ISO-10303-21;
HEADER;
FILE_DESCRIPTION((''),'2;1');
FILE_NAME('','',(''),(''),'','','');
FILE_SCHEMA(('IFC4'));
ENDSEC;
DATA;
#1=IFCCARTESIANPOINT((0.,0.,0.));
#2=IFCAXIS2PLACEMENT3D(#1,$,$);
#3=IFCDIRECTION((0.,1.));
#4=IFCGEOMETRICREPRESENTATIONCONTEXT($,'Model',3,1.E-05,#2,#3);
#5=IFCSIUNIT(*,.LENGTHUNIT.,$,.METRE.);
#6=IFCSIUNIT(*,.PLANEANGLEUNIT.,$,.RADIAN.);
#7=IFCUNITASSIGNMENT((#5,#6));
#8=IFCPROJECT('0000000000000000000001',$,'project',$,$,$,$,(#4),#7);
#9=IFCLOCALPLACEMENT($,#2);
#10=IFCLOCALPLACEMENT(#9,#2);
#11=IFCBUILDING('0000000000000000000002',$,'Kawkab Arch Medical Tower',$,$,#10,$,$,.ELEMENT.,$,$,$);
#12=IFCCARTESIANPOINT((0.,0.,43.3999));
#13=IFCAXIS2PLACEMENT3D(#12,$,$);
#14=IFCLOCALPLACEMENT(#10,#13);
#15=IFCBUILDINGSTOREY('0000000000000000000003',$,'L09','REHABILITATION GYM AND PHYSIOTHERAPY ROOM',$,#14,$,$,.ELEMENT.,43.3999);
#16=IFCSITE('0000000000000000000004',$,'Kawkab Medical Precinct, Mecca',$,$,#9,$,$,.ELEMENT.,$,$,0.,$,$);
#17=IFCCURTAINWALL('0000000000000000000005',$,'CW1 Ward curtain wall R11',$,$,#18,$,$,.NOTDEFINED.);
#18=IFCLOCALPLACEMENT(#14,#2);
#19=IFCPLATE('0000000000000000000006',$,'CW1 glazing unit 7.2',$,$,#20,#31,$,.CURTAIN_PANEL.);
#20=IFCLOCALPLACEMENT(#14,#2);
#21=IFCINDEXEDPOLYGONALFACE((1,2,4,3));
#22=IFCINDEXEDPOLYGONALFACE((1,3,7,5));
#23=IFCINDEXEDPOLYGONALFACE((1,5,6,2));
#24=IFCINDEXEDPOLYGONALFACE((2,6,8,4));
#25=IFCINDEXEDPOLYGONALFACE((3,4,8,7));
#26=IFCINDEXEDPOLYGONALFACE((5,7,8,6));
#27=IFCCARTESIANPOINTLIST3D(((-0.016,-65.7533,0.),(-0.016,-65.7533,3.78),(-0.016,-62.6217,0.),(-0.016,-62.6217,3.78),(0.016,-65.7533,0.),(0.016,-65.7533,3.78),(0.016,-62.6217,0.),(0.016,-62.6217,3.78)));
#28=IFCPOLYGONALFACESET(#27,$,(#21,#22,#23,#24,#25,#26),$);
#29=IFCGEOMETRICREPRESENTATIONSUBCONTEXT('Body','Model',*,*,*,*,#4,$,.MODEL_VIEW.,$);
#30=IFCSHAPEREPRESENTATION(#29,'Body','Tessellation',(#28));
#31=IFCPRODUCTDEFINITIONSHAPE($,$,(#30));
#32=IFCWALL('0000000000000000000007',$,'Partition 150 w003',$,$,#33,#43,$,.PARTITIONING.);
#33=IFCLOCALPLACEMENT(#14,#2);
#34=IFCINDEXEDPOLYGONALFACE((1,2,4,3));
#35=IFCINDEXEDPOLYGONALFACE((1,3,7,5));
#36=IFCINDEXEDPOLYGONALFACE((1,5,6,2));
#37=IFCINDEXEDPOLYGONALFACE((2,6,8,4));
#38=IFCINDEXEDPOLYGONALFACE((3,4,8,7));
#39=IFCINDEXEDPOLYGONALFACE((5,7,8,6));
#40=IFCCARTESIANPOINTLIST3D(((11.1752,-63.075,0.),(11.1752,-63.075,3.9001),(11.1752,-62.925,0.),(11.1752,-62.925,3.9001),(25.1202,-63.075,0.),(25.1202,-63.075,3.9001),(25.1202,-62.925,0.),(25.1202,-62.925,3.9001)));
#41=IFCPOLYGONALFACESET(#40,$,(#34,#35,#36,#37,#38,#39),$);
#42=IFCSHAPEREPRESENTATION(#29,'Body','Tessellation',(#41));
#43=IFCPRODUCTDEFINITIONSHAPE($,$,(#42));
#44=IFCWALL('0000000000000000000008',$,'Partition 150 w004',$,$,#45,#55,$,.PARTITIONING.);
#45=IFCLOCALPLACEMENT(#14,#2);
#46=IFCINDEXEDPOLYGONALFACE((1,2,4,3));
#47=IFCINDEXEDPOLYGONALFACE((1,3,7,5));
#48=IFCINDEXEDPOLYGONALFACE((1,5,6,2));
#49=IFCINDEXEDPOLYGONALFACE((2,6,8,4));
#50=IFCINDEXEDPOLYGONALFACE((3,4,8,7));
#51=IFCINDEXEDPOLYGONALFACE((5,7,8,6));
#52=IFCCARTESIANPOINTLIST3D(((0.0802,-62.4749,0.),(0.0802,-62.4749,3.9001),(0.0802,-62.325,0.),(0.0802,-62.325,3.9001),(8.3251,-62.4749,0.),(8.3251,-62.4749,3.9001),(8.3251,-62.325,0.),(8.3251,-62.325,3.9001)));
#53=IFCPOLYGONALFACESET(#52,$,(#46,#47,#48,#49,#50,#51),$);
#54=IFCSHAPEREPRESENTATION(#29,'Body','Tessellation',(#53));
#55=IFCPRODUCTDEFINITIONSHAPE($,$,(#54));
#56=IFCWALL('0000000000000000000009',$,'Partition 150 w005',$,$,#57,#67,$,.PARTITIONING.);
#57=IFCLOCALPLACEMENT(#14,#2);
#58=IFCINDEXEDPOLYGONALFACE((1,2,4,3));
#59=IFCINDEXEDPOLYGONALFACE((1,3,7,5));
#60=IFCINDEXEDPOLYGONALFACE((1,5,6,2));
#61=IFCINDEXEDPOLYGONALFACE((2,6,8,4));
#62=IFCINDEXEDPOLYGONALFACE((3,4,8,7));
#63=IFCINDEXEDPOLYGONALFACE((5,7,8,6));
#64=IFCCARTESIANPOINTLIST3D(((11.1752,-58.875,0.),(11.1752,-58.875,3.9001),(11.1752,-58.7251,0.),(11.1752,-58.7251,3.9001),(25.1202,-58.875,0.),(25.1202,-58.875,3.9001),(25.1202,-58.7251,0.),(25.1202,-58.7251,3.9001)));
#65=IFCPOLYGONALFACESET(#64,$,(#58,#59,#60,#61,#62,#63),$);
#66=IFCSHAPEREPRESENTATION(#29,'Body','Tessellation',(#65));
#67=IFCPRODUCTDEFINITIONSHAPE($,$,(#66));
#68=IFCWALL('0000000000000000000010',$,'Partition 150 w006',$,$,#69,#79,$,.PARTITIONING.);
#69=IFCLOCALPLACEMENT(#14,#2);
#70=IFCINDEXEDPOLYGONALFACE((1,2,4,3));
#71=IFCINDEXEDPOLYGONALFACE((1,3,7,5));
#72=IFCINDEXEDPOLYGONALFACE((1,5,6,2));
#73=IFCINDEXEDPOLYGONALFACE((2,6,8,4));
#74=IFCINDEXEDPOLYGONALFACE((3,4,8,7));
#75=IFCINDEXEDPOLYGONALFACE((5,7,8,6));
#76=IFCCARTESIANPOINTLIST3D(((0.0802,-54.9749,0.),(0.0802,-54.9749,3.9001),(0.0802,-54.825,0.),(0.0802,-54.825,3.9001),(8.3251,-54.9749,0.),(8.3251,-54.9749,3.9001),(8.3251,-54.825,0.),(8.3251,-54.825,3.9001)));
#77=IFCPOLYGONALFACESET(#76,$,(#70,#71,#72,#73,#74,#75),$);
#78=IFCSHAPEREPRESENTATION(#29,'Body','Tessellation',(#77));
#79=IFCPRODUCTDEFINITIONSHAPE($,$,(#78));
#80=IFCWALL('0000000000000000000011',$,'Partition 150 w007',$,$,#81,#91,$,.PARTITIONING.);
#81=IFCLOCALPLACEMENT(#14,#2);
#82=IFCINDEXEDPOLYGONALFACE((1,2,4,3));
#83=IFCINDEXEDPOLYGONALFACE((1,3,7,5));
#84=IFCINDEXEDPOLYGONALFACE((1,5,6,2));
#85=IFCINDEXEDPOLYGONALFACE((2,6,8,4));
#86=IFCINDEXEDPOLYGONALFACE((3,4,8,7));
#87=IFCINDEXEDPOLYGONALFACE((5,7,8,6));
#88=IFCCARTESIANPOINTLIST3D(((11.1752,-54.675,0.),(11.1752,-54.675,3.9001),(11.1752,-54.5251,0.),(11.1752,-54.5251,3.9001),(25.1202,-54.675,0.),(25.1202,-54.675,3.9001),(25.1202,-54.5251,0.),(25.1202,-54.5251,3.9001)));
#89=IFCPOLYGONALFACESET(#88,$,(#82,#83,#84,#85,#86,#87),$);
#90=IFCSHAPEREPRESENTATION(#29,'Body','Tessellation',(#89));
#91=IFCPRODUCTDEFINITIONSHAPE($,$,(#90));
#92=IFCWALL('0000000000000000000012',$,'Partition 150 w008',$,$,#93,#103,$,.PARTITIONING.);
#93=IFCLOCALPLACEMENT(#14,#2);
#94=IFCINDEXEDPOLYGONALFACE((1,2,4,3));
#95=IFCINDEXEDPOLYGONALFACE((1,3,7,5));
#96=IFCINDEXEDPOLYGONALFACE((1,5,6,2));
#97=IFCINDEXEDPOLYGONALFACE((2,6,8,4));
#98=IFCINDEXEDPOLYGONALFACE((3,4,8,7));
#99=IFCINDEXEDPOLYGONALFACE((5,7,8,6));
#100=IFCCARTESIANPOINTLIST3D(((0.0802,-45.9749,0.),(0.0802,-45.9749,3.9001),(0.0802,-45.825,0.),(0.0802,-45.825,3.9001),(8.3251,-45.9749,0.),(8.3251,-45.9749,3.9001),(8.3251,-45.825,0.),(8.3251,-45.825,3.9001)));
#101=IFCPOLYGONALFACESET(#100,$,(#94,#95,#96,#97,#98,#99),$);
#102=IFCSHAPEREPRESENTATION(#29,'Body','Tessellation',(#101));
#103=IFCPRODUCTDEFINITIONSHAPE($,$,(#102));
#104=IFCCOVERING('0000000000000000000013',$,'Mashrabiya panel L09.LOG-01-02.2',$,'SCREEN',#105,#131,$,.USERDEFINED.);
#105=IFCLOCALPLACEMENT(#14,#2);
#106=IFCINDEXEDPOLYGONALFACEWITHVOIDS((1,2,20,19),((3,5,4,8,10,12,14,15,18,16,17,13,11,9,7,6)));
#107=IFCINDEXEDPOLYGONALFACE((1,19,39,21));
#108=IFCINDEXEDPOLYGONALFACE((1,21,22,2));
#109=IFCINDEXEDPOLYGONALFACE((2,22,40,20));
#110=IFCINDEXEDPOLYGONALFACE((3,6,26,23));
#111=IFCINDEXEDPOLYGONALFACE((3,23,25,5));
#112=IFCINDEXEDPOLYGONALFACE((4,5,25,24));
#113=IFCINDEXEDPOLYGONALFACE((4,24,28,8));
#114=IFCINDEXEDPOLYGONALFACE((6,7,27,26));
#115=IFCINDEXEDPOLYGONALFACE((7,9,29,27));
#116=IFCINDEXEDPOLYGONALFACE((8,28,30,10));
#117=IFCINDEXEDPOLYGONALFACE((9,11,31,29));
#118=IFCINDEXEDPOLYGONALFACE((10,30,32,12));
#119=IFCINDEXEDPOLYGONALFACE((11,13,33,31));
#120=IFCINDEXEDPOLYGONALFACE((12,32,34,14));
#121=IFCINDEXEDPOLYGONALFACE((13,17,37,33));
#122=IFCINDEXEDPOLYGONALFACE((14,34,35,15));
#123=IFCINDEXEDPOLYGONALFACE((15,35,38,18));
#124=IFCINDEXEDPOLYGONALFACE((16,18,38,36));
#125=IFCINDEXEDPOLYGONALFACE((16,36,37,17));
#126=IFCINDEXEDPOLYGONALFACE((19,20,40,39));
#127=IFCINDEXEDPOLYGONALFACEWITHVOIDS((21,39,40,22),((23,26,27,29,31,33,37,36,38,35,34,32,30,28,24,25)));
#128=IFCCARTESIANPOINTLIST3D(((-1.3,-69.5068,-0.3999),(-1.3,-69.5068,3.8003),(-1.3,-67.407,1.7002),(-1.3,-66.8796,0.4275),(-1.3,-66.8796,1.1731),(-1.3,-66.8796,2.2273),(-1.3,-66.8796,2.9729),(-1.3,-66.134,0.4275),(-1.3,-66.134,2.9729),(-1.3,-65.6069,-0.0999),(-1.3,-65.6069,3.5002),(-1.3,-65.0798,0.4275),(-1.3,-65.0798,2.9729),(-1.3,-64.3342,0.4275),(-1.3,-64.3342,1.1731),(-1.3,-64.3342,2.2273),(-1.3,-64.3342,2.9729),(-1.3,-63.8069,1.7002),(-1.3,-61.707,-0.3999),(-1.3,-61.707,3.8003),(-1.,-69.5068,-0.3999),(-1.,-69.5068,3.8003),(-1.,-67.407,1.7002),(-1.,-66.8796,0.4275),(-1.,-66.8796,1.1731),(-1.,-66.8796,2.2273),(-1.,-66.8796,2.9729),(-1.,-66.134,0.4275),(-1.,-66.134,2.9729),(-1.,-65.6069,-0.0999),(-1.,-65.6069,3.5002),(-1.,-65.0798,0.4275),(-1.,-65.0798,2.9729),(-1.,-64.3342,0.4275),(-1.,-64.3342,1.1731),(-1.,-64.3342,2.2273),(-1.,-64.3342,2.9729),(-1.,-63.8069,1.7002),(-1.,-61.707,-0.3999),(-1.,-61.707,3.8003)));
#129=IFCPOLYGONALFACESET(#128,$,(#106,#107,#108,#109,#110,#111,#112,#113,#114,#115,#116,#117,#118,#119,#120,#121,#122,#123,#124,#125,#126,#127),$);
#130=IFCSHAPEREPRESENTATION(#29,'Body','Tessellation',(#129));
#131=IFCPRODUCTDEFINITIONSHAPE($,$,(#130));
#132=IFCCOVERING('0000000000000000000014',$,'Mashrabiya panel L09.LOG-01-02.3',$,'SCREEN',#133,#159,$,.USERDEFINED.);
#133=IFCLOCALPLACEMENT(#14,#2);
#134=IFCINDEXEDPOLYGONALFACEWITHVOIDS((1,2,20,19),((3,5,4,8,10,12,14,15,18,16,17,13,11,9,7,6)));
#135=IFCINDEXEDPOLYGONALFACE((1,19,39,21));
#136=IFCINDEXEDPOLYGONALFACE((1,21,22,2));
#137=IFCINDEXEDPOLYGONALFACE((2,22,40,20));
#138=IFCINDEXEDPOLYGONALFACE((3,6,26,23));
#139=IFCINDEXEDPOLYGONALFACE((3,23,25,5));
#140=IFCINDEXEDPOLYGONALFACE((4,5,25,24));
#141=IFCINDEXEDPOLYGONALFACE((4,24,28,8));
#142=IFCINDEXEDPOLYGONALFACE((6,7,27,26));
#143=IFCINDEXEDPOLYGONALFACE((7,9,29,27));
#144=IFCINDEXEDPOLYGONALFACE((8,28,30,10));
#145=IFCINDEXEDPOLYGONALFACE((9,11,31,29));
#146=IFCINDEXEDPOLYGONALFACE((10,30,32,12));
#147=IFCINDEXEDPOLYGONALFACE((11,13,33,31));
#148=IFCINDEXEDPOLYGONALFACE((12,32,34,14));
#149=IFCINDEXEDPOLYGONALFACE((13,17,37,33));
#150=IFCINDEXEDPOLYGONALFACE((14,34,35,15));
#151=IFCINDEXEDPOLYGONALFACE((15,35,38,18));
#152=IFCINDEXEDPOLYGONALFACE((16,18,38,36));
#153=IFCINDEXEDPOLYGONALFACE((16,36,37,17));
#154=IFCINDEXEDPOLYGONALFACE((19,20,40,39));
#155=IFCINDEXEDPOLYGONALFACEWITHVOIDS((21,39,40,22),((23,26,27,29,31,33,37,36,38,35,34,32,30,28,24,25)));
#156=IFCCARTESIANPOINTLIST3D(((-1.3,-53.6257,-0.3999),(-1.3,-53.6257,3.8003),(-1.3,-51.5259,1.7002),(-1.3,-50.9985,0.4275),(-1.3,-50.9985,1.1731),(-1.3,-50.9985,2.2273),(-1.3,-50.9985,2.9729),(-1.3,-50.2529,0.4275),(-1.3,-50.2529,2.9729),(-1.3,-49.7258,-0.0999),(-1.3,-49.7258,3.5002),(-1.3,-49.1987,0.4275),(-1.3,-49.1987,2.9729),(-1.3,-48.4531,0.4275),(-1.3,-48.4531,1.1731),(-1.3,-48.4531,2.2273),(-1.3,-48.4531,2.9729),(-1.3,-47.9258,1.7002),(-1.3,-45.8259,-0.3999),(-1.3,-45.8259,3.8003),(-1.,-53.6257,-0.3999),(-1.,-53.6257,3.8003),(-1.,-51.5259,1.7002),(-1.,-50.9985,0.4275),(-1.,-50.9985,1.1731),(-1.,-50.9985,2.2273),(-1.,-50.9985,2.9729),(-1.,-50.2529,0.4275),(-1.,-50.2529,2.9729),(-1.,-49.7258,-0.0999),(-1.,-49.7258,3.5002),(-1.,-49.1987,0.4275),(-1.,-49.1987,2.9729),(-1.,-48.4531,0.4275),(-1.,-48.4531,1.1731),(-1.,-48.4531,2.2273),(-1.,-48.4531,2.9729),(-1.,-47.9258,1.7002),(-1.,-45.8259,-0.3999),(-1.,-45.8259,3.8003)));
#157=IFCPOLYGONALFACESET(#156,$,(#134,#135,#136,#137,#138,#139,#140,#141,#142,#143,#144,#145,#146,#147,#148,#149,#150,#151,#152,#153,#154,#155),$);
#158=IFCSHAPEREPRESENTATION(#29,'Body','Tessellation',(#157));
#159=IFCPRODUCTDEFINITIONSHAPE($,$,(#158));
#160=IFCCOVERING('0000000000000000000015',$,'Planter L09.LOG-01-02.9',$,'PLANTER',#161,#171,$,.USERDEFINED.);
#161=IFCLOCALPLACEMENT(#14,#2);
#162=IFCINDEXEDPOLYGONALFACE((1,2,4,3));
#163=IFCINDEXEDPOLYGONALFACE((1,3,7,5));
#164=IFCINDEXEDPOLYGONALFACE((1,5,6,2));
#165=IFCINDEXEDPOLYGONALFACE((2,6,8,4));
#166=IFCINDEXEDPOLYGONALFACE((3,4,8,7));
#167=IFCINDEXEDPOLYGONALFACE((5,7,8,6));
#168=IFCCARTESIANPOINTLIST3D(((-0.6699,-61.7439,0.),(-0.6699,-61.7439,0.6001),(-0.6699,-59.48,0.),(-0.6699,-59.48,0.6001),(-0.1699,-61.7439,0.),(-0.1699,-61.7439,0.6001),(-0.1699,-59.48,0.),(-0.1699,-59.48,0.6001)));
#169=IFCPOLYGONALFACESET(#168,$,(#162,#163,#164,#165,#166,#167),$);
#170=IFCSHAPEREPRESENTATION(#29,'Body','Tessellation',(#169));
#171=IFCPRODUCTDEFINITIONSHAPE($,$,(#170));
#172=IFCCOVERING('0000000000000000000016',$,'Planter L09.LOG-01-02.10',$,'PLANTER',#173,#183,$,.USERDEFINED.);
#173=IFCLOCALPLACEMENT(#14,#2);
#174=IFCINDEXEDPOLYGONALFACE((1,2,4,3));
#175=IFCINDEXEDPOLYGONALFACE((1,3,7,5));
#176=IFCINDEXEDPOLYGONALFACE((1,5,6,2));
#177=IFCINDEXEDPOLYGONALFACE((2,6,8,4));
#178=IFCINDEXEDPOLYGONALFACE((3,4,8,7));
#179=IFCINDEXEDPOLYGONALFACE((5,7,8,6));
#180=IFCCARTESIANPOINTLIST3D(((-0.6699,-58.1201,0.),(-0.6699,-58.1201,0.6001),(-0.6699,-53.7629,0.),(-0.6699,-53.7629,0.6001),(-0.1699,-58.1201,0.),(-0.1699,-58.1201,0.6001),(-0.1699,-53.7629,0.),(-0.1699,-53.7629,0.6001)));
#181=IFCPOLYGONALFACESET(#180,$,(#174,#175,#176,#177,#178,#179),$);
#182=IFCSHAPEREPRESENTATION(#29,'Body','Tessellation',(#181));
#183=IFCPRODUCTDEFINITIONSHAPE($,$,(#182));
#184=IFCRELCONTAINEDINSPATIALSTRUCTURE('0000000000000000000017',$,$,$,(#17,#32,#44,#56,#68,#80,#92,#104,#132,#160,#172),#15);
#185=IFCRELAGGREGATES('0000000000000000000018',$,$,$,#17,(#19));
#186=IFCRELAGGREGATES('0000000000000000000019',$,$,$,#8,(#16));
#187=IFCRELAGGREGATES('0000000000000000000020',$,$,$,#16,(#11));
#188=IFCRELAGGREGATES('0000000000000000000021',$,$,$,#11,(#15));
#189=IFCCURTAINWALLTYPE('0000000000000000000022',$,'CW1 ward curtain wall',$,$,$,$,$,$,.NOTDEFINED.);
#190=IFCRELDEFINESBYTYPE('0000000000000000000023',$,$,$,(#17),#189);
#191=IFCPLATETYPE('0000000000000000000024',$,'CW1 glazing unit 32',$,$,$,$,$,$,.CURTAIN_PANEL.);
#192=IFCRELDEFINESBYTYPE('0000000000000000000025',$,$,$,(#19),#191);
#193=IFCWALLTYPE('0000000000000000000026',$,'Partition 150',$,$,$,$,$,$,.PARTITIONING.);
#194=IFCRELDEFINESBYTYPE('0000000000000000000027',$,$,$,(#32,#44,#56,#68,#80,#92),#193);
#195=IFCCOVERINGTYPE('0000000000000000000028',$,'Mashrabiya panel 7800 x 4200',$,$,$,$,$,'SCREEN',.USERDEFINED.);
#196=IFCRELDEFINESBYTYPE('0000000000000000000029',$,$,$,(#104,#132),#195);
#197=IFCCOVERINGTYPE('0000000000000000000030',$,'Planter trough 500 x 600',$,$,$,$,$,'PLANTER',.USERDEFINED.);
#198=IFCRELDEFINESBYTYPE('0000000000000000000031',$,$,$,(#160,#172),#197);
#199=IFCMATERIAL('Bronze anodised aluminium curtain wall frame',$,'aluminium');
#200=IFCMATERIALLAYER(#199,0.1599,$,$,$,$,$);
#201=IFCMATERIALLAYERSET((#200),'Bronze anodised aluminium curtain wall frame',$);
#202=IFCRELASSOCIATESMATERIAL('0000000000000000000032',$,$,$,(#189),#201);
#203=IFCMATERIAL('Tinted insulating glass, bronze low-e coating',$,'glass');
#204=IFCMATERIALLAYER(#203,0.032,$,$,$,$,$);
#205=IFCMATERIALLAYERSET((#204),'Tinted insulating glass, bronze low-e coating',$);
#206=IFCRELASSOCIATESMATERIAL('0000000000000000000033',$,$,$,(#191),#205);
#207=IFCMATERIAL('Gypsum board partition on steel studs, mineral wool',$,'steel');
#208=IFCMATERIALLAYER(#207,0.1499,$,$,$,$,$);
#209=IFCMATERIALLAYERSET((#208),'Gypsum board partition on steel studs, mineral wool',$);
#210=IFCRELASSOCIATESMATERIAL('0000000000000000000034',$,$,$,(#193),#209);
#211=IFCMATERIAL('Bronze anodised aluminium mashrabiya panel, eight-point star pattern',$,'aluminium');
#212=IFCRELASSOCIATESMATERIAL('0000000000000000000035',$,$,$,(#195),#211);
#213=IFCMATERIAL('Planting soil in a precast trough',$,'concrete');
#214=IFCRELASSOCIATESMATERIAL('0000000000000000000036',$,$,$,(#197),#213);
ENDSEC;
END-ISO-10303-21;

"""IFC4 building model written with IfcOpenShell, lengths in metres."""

from ifc_helpers import new_model, si_unit, direction, frame, frame_2d, origin, origin_2d, place, context, subcontext, project, spatial, polyline, rectangle, outline, extrude, material, layer, layer_set, material_profile, profile_set, type_object, element, aggregate, save


model = new_model("IFC4")

# Units and contexts
model_context = context("Model", 3, precision=1e-05, world=origin(), true_north=direction((0.0, 1.0)))
body_context = subcontext(model_context, "Body", "Model", "MODEL_VIEW")
ifc_project = project(units=[si_unit("LENGTHUNIT", "METRE"), si_unit("PLANEANGLEUNIT", "RADIAN")], contexts=[model_context])

# Site, building, storey
site_placement = place(None, origin())
site = spatial("IfcSite", under=ifc_project, at=site_placement, Name="Kawkab Medical Precinct, Mecca", CompositionType="ELEMENT", RefElevation=0.0)
building_placement = place(site_placement, origin())
building = spatial("IfcBuilding", under=site, at=building_placement, Name="Kawkab Arch Medical Tower", CompositionType="ELEMENT")
storey_placement = place(building_placement, frame((0.0, 0.0, 43.3999)))
storey = spatial("IfcBuildingStorey", under=building, at=storey_placement, Name="L09", Description="REHABILITATION GYM AND PHYSIOTHERAPY ROOM", CompositionType="ELEMENT", Elevation=43.3999)

# Curtain wall, plate
ifc_material_1 = material(Name="Bronze anodised aluminium curtain wall frame", Category="aluminium")
ifc_layer_1 = layer(ifc_material_1, 0.1599)
ifc_layer_set_1 = layer_set([ifc_layer_1], Name="Bronze anodised aluminium curtain wall frame")
curtain_wall_type = type_object("IfcCurtainWallType", Name="CW1 ward curtain wall", PredefinedType="NOTDEFINED", material=ifc_layer_set_1)
curtain_wall_placement = place(storey_placement, origin())
curtain_wall = element("IfcCurtainWall", 1, at=curtain_wall_placement, inside=storey, type_object=curtain_wall_type, Name="CW1 Ward curtain wall R11", PredefinedType="NOTDEFINED")
ifc_material_2 = material(Name="Tinted insulating glass, bronze low-e coating", Category="glass")
ifc_layer_2 = layer(ifc_material_2, 0.032)
ifc_layer_set_2 = layer_set([ifc_layer_2], Name="Tinted insulating glass, bronze low-e coating")
plate_type = type_object("IfcPlateType", Name="CW1 glazing unit 32", PredefinedType="CURTAIN_PANEL", material=ifc_layer_set_2)
plate_1_placement = place(storey_placement, frame((0.0, -64.1875, 0.0), z_axis=(0.0, 0.0, 1.0), x_axis=(0.0, -1.0, 0.0)))
plate_1 = element("IfcPlate", 2, at=plate_1_placement, type_object=plate_type, Name="CW1 glazing unit 7.2", PredefinedType="CURTAIN_PANEL", context=body_context, shape_type="SweptSolid", body=[
    extrude(rectangle(XDim=3.1316, YDim=0.032, at=origin_2d()), origin(), (0.0, 0.0, 1.0), 3.78),
])
aggregate(curtain_wall, [plate_1])

# Walls
ifc_material_3 = material(Name="Gypsum board partition on steel studs, mineral wool", Category="steel")
ifc_layer_3 = layer(ifc_material_3, 0.1499)
ifc_layer_set_3 = layer_set([ifc_layer_3], Name="Gypsum board partition on steel studs, mineral wool")
wall_type = type_object("IfcWallType", Name="Partition 150", PredefinedType="PARTITIONING", material=ifc_layer_set_3)
wall_1_placement = place(storey_placement, frame((11.175, -63.0, 0.0), z_axis=(0.0, 0.0, 1.0), x_axis=(1.0, 0.0, 0.0)))
element("IfcWall", 3, at=wall_1_placement, inside=storey, type_object=wall_type, Name="Partition 150 w003", PredefinedType="PARTITIONING", context=body_context, shape_type="SweptSolid", body=[
    extrude(rectangle(XDim=13.9451, YDim=0.1499, at=frame_2d((6.9727, 0.0))), origin(), (0.0, 0.0, 1.0), 3.9001),
])
wall_2_placement = place(storey_placement, frame((0.0801, -62.3999, 0.0), z_axis=(0.0, 0.0, 1.0), x_axis=(1.0, 0.0, 0.0)))
element("IfcWall", 4, at=wall_2_placement, inside=storey, type_object=wall_type, Name="Partition 150 w004", PredefinedType="PARTITIONING", context=body_context, shape_type="SweptSolid", body=[
    extrude(rectangle(XDim=8.2449, YDim=0.1499, at=frame_2d((4.1226, 0.0))), origin(), (0.0, 0.0, 1.0), 3.9001),
])
wall_3_placement = place(storey_placement, frame((11.175, -58.8, 0.0), z_axis=(0.0, 0.0, 1.0), x_axis=(1.0, 0.0, 0.0)))
element("IfcWall", 5, at=wall_3_placement, inside=storey, type_object=wall_type, Name="Partition 150 w005", PredefinedType="PARTITIONING", context=body_context, shape_type="SweptSolid", body=[
    extrude(rectangle(XDim=13.9451, YDim=0.1499, at=frame_2d((6.9727, 0.0))), origin(), (0.0, 0.0, 1.0), 3.9001),
])
wall_4_placement = place(storey_placement, frame((0.0801, -54.8999, 0.0), z_axis=(0.0, 0.0, 1.0), x_axis=(1.0, 0.0, 0.0)))
element("IfcWall", 6, at=wall_4_placement, inside=storey, type_object=wall_type, Name="Partition 150 w006", PredefinedType="PARTITIONING", context=body_context, shape_type="SweptSolid", body=[
    extrude(rectangle(XDim=8.2449, YDim=0.1499, at=frame_2d((4.1226, 0.0))), origin(), (0.0, 0.0, 1.0), 3.9001),
])
wall_5_placement = place(storey_placement, frame((11.175, -54.6001, 0.0), z_axis=(0.0, 0.0, 1.0), x_axis=(1.0, 0.0, 0.0)))
element("IfcWall", 7, at=wall_5_placement, inside=storey, type_object=wall_type, Name="Partition 150 w007", PredefinedType="PARTITIONING", context=body_context, shape_type="SweptSolid", body=[
    extrude(rectangle(XDim=13.9451, YDim=0.1499, at=frame_2d((6.9727, 0.0))), origin(), (0.0, 0.0, 1.0), 3.9001),
])
wall_6_placement = place(storey_placement, frame((0.0801, -45.8999, 0.0), z_axis=(0.0, 0.0, 1.0), x_axis=(1.0, 0.0, 0.0)))
element("IfcWall", 8, at=wall_6_placement, inside=storey, type_object=wall_type, Name="Partition 150 w008", PredefinedType="PARTITIONING", context=body_context, shape_type="SweptSolid", body=[
    extrude(rectangle(XDim=8.2449, YDim=0.1499, at=frame_2d((4.1226, 0.0))), origin(), (0.0, 0.0, 1.0), 3.9001),
])

# Coverings
ifc_material_4 = material(Name="Bronze anodised aluminium mashrabiya panel, eight-point star pattern", Category="aluminium")
ifc_material_profile_1 = material_profile(ifc_material_4, outline(polyline([(-3.8999, -2.1001), (3.8999, -2.1001), (3.8999, 2.1001), (-3.8999, 2.1001), (-3.8999, -2.1001)]), holes=[polyline([(1.8, 0.0), (1.2727, 0.5271), (1.2727, 1.2727), (0.5271, 1.2727), (0.0, 1.8), (-0.5271, 1.2727), (-1.2727, 1.2727), (-1.2727, 0.5271), (-1.8, 0.0), (-1.2727, -0.5271), (-1.2727, -1.2727), (-0.5271, -1.2727), (0.0, -1.8), (0.5271, -1.2727), (1.2727, -1.2727), (1.2727, -0.5271), (1.8, 0.0)])]), Name="Mashrabiya panel 7800x4200")
ifc_profile_set_1 = profile_set([ifc_material_profile_1], Name="Bronze anodised aluminium mashrabiya panel, eight-point star pattern")
covering_type_1 = type_object("IfcCoveringType", Name="Mashrabiya panel 7800 x 4200", ElementType="SCREEN", PredefinedType="USERDEFINED", material=ifc_profile_set_1)
for number, where, z_axis, x_axis, name in (
    (9, (-1.0, -65.6069, 1.7002), (-1.0, 0.0, 0.0), (0.0, -1.0, 0.0), "Mashrabiya panel L09.LOG-01-02.2"),
    (10, (-1.0, -49.7258, 1.7002), (-1.0, 0.0, 0.0), (0.0, -1.0, 0.0), "Mashrabiya panel L09.LOG-01-02.3"),
):
    element("IfcCovering", number, at=place(storey_placement, frame(where, z_axis=z_axis, x_axis=x_axis)), inside=storey, type_object=covering_type_1, Name=name, ObjectType="SCREEN", PredefinedType="USERDEFINED", context=body_context, shape_type="SweptSolid", body=[
        extrude(outline(polyline([(-3.8999, -2.1001), (3.8999, -2.1001), (3.8999, 2.1001), (-3.8999, 2.1001), (-3.8999, -2.1001)]), holes=[polyline([(1.8, 0.0), (1.2727, 0.5271), (1.2727, 1.2727), (0.5271, 1.2727), (0.0, 1.8), (-0.5271, 1.2727), (-1.2727, 1.2727), (-1.2727, 0.5271), (-1.8, 0.0), (-1.2727, -0.5271), (-1.2727, -1.2727), (-0.5271, -1.2727), (0.0, -1.8), (0.5271, -1.2727), (1.2727, -1.2727), (1.2727, -0.5271), (1.8, 0.0)])]), origin(), (0.0, 0.0, 1.0), 0.3),
    ])
ifc_material_5 = material(Name="Planting soil in a precast trough", Category="concrete")
ifc_material_profile_2 = material_profile(ifc_material_5, rectangle(XDim=0.5, YDim=0.6001, at=origin_2d()), Name="Trough 500x600")
ifc_profile_set_2 = profile_set([ifc_material_profile_2], Name="Planting soil in a precast trough")
covering_type_2 = type_object("IfcCoveringType", Name="Planter trough 500 x 600", ElementType="PLANTER", PredefinedType="USERDEFINED", material=ifc_profile_set_2)
covering_1_placement = place(storey_placement, frame((-0.4199, -61.7439, 0.3), z_axis=(0.0, 1.0, 0.0), x_axis=(-1.0, 0.0, 0.0)))
element("IfcCovering", 11, at=covering_1_placement, inside=storey, type_object=covering_type_2, Name="Planter L09.LOG-01-02.9", ObjectType="PLANTER", PredefinedType="USERDEFINED", context=body_context, shape_type="SweptSolid", body=[
    extrude(rectangle(XDim=0.5, YDim=0.6001, at=origin_2d()), origin(), (0.0, 0.0, 1.0), 2.2639),
])
covering_2_placement = place(storey_placement, frame((-0.4199, -58.1201, 0.3), z_axis=(0.0, 1.0, 0.0), x_axis=(-1.0, 0.0, 0.0)))
element("IfcCovering", 12, at=covering_2_placement, inside=storey, type_object=covering_type_2, Name="Planter L09.LOG-01-02.10", ObjectType="PLANTER", PredefinedType="USERDEFINED", context=body_context, shape_type="SweptSolid", body=[
    extrude(rectangle(XDim=0.5, YDim=0.6001, at=origin_2d()), origin(), (0.0, 0.0, 1.0), 4.3572),
])

save(model, "model.ifc")
